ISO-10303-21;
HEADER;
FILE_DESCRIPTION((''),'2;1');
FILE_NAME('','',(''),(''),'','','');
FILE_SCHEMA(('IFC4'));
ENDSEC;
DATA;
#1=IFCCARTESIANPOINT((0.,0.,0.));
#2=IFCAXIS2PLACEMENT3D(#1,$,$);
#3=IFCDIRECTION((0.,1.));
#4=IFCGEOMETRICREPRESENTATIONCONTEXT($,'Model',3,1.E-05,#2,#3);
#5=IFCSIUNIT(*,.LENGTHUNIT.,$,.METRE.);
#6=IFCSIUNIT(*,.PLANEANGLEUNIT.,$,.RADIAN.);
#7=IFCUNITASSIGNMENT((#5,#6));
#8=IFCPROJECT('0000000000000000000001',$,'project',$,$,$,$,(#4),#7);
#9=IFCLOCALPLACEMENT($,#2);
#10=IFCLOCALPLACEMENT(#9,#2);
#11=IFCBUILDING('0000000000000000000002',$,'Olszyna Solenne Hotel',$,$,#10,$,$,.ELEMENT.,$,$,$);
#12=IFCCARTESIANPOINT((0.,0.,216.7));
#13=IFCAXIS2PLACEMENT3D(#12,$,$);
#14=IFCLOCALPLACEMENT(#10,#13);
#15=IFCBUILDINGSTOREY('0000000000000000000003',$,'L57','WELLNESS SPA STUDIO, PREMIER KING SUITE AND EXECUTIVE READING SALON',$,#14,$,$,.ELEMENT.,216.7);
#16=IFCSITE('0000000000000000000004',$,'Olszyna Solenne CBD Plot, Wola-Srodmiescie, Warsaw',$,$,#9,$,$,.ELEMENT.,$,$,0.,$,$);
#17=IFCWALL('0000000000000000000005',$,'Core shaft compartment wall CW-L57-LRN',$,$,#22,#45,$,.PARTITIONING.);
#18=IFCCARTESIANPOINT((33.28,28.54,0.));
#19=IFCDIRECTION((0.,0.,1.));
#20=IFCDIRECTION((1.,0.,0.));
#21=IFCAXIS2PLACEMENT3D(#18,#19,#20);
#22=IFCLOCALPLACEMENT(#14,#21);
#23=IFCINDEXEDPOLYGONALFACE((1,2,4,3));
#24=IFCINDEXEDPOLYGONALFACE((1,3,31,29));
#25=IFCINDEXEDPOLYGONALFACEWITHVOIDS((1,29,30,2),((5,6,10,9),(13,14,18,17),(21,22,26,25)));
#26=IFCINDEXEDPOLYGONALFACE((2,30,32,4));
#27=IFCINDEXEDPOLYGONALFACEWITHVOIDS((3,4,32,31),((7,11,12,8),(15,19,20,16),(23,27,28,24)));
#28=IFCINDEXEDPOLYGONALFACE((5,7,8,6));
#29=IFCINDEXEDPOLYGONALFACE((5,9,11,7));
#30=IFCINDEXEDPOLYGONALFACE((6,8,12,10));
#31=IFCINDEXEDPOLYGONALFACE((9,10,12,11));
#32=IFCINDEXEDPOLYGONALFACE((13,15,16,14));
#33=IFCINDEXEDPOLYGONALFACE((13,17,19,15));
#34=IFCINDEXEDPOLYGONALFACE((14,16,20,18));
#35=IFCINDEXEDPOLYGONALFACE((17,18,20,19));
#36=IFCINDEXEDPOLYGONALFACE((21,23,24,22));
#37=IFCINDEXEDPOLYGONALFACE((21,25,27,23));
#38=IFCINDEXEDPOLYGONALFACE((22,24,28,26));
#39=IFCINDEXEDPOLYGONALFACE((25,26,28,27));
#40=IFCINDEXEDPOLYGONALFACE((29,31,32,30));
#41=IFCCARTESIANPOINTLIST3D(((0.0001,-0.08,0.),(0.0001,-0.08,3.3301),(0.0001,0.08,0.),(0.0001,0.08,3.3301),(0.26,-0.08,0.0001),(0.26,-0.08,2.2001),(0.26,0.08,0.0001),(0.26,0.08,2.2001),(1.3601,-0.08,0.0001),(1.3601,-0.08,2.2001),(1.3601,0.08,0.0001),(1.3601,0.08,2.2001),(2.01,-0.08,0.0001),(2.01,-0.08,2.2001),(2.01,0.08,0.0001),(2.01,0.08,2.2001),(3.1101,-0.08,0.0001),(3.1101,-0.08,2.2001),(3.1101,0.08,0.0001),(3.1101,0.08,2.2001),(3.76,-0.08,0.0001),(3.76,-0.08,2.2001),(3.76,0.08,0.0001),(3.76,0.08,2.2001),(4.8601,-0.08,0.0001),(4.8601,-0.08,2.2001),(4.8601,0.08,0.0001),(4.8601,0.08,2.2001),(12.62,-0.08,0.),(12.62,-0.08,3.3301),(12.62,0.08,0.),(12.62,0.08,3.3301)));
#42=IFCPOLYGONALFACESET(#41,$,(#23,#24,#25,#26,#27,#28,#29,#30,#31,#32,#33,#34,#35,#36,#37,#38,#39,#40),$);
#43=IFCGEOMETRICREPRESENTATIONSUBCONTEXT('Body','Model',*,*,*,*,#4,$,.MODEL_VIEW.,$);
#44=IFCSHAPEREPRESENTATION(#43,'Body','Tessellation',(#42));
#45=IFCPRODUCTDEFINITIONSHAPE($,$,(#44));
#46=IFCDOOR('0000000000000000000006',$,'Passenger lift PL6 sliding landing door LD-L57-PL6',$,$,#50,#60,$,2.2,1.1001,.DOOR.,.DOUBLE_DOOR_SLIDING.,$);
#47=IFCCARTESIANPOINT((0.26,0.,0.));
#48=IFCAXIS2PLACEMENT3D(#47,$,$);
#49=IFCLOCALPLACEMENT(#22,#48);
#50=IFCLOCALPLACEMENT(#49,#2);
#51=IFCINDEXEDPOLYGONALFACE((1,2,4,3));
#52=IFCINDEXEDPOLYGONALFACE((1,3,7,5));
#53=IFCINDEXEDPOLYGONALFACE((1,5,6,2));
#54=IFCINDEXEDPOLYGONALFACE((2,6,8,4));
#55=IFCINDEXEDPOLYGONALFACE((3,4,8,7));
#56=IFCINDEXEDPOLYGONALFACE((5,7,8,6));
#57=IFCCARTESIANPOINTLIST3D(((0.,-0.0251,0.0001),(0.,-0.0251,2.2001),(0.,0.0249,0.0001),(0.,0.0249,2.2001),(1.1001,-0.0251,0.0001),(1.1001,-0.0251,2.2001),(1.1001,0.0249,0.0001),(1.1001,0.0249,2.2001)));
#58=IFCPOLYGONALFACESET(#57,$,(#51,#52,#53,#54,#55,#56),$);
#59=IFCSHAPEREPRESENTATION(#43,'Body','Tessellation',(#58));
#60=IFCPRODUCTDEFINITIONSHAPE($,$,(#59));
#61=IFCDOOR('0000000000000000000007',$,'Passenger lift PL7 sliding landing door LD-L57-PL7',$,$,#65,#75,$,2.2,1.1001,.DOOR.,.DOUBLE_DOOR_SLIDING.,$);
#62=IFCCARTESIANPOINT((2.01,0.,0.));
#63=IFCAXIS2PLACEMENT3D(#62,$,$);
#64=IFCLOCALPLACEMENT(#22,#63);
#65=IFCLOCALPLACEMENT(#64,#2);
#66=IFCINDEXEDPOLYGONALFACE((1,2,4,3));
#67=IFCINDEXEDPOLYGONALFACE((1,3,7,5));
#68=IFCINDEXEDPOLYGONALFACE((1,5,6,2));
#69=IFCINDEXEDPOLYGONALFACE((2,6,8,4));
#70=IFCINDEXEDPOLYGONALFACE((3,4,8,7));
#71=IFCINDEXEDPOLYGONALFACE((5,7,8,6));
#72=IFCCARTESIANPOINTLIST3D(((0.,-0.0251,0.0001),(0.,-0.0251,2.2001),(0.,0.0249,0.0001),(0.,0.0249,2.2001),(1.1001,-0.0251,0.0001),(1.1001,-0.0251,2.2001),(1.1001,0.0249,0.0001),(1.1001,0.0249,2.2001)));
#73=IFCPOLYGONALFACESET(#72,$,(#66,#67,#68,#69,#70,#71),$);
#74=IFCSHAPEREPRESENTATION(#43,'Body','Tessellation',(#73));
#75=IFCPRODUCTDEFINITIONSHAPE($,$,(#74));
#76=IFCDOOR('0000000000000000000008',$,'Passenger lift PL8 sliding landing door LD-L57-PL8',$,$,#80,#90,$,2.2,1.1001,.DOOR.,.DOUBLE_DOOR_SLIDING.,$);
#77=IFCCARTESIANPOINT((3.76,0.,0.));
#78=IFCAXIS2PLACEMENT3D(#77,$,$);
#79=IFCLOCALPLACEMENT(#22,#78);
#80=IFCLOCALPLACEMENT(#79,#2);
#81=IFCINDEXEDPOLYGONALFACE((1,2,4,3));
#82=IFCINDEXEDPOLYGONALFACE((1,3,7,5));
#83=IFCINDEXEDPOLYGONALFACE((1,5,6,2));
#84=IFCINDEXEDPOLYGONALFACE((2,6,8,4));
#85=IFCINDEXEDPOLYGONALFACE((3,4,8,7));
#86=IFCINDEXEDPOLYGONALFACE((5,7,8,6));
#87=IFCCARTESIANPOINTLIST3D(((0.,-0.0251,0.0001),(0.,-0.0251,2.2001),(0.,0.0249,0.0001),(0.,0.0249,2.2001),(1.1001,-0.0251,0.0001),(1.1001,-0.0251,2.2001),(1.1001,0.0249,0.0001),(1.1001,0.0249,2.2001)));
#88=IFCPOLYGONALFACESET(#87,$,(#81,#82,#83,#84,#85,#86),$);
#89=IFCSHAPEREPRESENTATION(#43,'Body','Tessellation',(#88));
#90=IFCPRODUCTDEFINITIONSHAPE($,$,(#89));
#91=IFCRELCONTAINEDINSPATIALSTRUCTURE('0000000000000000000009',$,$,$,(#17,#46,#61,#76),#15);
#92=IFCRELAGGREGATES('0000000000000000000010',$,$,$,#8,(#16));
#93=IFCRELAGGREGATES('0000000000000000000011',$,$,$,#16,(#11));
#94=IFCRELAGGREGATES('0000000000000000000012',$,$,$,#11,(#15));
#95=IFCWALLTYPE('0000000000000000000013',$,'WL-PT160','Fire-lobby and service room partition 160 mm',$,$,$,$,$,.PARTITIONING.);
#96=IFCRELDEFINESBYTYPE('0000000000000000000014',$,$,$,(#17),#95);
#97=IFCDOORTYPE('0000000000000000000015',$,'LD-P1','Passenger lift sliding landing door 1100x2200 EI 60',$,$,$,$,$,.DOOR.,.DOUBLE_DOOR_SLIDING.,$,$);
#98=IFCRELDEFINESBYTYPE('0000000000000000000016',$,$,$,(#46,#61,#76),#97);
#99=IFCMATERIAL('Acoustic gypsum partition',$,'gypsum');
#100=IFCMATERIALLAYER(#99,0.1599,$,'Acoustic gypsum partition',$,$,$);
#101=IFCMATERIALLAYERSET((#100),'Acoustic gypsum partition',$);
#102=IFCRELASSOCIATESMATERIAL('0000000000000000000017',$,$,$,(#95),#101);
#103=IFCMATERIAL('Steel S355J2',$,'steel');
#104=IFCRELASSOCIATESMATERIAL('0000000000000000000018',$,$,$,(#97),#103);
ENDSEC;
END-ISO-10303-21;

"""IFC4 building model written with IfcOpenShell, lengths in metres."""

from ifc_helpers import new_model, si_unit, direction, frame, frame_2d, origin, place, context, subcontext, project, spatial, rectangle, extrude, source, transform, mapped, material, layer, layer_set, type_object, type_shapes, element, fill, save


model = new_model("IFC4")

# Units and contexts
model_context = context("Model", 3, precision=1e-05, world=origin(), true_north=direction((0.0, 1.0)))
body_context = subcontext(model_context, "Body", "Model", "MODEL_VIEW")
ifc_project = project(units=[si_unit("LENGTHUNIT", "METRE"), si_unit("PLANEANGLEUNIT", "RADIAN")], contexts=[model_context])

# Site, building, storey
site_placement = place(None, origin())
site = spatial("IfcSite", under=ifc_project, at=site_placement, Name="Olszyna Solenne CBD Plot, Wola-Srodmiescie, Warsaw", CompositionType="ELEMENT", RefElevation=0.0)
building_placement = place(site_placement, origin())
building = spatial("IfcBuilding", under=site, at=building_placement, Name="Olszyna Solenne Hotel", CompositionType="ELEMENT")
storey_placement = place(building_placement, frame((0.0, 0.0, 216.7)))
storey = spatial("IfcBuildingStorey", under=building, at=storey_placement, Name="L57", Description="WELLNESS SPA STUDIO, PREMIER KING SUITE AND EXECUTIVE READING SALON", CompositionType="ELEMENT", Elevation=216.7)

# Shared definitions
ifc_material_1 = material(Name="Steel S355J2", Category="steel")

# Shared definitions
ifc_material_2 = material(Name="Acoustic gypsum partition", Category="gypsum")
ifc_layer_1 = layer(ifc_material_2, 0.1599, Name="Acoustic gypsum partition")
ifc_layer_set_1 = layer_set([ifc_layer_1], Name="Acoustic gypsum partition")
wall_type_1 = type_object("IfcWallType", Name="WL-PT160", Description="Fire-lobby and service room partition 160 mm", PredefinedType="PARTITIONING", material=ifc_layer_set_1)

# Wall, openings, doors
wall_1_placement = place(storey_placement, frame((33.28, 28.54, 0.0), z_axis=(0.0, 0.0, 1.0), x_axis=(1.0, 0.0, 0.0)))
wall_1 = element("IfcWall", 1, at=wall_1_placement, inside=storey, type_object=wall_type_1, Name="Core shaft compartment wall CW-L57-LRN", PredefinedType="PARTITIONING", context=body_context, shape_type="SweptSolid", body=[
    extrude(rectangle(XDim=12.6199, YDim=0.1599, at=frame_2d((6.3101, 0.0))), origin(), (0.0, 0.0, 1.0), 3.3301),
])
opening_1_placement = place(wall_1_placement, frame((0.26, 0.0, 0.0)))
opening_1 = element("IfcOpeningElement", 2, at=opening_1_placement, cuts=wall_1, PredefinedType="OPENING", context=body_context, shape_type="SweptSolid", body=[
    extrude(rectangle(XDim=1.1001, YDim=2.2, at=frame_2d((0.55, 1.1001))), frame((0.0, 0.0898, 0.0), z_axis=(0.0, -1.0, 0.0), x_axis=(1.0, 0.0, 0.0)), (0.0, 0.0, 1.0), 0.1799),
])
opening_2_placement = place(wall_1_placement, frame((2.01, 0.0, 0.0)))
opening_2 = element("IfcOpeningElement", 3, at=opening_2_placement, cuts=wall_1, PredefinedType="OPENING", context=body_context, shape_type="SweptSolid", body=[
    extrude(rectangle(XDim=1.1001, YDim=2.2, at=frame_2d((0.55, 1.1001))), frame((0.0, 0.0898, 0.0), z_axis=(0.0, -1.0, 0.0), x_axis=(1.0, 0.0, 0.0)), (0.0, 0.0, 1.0), 0.1799),
])
opening_3_placement = place(wall_1_placement, frame((3.76, 0.0, 0.0)))
opening_3 = element("IfcOpeningElement", 4, at=opening_3_placement, cuts=wall_1, PredefinedType="OPENING", context=body_context, shape_type="SweptSolid", body=[
    extrude(rectangle(XDim=1.1001, YDim=2.2, at=frame_2d((0.55, 1.1001))), frame((0.0, 0.0898, 0.0), z_axis=(0.0, -1.0, 0.0), x_axis=(1.0, 0.0, 0.0)), (0.0, 0.0, 1.0), 0.1799),
])
door_type_1 = type_object("IfcDoorType", Name="LD-P1", Description="Passenger lift sliding landing door 1100x2200 EI 60", OperationType="DOUBLE_DOOR_SLIDING", PredefinedType="DOOR", material=ifc_material_1)
shared_shape_1 = source(origin(), body_context, "Body", "SweptSolid", [
    extrude(rectangle(XDim=1.1001, YDim=2.2, at=frame_2d((0.55, 1.1001))), frame((0.0, 0.0249, 0.0), z_axis=(0.0, -1.0, 0.0), x_axis=(1.0, 0.0, 0.0)), (0.0, 0.0, 1.0), 0.05),
])
type_shapes(door_type_1, [shared_shape_1])
door_1_placement = place(opening_1_placement, origin())
door_1 = element("IfcDoor", 5, at=door_1_placement, inside=storey, type_object=door_type_1, Name="Passenger lift PL6 sliding landing door LD-L57-PL6", OperationType="DOUBLE_DOOR_SLIDING", OverallHeight=2.2, OverallWidth=1.1001, PredefinedType="DOOR", context=body_context, shape_type="MappedRepresentation", body=[
    mapped(shared_shape_1, transform((0.0, 0.0, 0.0), x_axis=(1.0, 0.0, 0.0), y_axis=(0.0, 1.0, 0.0), z_axis=(0.0, 0.0, 1.0), scale=1.0)),
])
fill(opening_1, door_1)
door_2_placement = place(opening_2_placement, origin())
door_2 = element("IfcDoor", 6, at=door_2_placement, inside=storey, type_object=door_type_1, Name="Passenger lift PL7 sliding landing door LD-L57-PL7", OperationType="DOUBLE_DOOR_SLIDING", OverallHeight=2.2, OverallWidth=1.1001, PredefinedType="DOOR", context=body_context, shape_type="MappedRepresentation", body=[
    mapped(shared_shape_1, transform((0.0, 0.0, 0.0), x_axis=(1.0, 0.0, 0.0), y_axis=(0.0, 1.0, 0.0), z_axis=(0.0, 0.0, 1.0), scale=1.0)),
])
fill(opening_2, door_2)
door_3_placement = place(opening_3_placement, origin())
door_3 = element("IfcDoor", 7, at=door_3_placement, inside=storey, type_object=door_type_1, Name="Passenger lift PL8 sliding landing door LD-L57-PL8", OperationType="DOUBLE_DOOR_SLIDING", OverallHeight=2.2, OverallWidth=1.1001, PredefinedType="DOOR", context=body_context, shape_type="MappedRepresentation", body=[
    mapped(shared_shape_1, transform((0.0, 0.0, 0.0), x_axis=(1.0, 0.0, 0.0), y_axis=(0.0, 1.0, 0.0), z_axis=(0.0, 0.0, 1.0), scale=1.0)),
])
fill(opening_3, door_3)

save(model, "model.ifc")
